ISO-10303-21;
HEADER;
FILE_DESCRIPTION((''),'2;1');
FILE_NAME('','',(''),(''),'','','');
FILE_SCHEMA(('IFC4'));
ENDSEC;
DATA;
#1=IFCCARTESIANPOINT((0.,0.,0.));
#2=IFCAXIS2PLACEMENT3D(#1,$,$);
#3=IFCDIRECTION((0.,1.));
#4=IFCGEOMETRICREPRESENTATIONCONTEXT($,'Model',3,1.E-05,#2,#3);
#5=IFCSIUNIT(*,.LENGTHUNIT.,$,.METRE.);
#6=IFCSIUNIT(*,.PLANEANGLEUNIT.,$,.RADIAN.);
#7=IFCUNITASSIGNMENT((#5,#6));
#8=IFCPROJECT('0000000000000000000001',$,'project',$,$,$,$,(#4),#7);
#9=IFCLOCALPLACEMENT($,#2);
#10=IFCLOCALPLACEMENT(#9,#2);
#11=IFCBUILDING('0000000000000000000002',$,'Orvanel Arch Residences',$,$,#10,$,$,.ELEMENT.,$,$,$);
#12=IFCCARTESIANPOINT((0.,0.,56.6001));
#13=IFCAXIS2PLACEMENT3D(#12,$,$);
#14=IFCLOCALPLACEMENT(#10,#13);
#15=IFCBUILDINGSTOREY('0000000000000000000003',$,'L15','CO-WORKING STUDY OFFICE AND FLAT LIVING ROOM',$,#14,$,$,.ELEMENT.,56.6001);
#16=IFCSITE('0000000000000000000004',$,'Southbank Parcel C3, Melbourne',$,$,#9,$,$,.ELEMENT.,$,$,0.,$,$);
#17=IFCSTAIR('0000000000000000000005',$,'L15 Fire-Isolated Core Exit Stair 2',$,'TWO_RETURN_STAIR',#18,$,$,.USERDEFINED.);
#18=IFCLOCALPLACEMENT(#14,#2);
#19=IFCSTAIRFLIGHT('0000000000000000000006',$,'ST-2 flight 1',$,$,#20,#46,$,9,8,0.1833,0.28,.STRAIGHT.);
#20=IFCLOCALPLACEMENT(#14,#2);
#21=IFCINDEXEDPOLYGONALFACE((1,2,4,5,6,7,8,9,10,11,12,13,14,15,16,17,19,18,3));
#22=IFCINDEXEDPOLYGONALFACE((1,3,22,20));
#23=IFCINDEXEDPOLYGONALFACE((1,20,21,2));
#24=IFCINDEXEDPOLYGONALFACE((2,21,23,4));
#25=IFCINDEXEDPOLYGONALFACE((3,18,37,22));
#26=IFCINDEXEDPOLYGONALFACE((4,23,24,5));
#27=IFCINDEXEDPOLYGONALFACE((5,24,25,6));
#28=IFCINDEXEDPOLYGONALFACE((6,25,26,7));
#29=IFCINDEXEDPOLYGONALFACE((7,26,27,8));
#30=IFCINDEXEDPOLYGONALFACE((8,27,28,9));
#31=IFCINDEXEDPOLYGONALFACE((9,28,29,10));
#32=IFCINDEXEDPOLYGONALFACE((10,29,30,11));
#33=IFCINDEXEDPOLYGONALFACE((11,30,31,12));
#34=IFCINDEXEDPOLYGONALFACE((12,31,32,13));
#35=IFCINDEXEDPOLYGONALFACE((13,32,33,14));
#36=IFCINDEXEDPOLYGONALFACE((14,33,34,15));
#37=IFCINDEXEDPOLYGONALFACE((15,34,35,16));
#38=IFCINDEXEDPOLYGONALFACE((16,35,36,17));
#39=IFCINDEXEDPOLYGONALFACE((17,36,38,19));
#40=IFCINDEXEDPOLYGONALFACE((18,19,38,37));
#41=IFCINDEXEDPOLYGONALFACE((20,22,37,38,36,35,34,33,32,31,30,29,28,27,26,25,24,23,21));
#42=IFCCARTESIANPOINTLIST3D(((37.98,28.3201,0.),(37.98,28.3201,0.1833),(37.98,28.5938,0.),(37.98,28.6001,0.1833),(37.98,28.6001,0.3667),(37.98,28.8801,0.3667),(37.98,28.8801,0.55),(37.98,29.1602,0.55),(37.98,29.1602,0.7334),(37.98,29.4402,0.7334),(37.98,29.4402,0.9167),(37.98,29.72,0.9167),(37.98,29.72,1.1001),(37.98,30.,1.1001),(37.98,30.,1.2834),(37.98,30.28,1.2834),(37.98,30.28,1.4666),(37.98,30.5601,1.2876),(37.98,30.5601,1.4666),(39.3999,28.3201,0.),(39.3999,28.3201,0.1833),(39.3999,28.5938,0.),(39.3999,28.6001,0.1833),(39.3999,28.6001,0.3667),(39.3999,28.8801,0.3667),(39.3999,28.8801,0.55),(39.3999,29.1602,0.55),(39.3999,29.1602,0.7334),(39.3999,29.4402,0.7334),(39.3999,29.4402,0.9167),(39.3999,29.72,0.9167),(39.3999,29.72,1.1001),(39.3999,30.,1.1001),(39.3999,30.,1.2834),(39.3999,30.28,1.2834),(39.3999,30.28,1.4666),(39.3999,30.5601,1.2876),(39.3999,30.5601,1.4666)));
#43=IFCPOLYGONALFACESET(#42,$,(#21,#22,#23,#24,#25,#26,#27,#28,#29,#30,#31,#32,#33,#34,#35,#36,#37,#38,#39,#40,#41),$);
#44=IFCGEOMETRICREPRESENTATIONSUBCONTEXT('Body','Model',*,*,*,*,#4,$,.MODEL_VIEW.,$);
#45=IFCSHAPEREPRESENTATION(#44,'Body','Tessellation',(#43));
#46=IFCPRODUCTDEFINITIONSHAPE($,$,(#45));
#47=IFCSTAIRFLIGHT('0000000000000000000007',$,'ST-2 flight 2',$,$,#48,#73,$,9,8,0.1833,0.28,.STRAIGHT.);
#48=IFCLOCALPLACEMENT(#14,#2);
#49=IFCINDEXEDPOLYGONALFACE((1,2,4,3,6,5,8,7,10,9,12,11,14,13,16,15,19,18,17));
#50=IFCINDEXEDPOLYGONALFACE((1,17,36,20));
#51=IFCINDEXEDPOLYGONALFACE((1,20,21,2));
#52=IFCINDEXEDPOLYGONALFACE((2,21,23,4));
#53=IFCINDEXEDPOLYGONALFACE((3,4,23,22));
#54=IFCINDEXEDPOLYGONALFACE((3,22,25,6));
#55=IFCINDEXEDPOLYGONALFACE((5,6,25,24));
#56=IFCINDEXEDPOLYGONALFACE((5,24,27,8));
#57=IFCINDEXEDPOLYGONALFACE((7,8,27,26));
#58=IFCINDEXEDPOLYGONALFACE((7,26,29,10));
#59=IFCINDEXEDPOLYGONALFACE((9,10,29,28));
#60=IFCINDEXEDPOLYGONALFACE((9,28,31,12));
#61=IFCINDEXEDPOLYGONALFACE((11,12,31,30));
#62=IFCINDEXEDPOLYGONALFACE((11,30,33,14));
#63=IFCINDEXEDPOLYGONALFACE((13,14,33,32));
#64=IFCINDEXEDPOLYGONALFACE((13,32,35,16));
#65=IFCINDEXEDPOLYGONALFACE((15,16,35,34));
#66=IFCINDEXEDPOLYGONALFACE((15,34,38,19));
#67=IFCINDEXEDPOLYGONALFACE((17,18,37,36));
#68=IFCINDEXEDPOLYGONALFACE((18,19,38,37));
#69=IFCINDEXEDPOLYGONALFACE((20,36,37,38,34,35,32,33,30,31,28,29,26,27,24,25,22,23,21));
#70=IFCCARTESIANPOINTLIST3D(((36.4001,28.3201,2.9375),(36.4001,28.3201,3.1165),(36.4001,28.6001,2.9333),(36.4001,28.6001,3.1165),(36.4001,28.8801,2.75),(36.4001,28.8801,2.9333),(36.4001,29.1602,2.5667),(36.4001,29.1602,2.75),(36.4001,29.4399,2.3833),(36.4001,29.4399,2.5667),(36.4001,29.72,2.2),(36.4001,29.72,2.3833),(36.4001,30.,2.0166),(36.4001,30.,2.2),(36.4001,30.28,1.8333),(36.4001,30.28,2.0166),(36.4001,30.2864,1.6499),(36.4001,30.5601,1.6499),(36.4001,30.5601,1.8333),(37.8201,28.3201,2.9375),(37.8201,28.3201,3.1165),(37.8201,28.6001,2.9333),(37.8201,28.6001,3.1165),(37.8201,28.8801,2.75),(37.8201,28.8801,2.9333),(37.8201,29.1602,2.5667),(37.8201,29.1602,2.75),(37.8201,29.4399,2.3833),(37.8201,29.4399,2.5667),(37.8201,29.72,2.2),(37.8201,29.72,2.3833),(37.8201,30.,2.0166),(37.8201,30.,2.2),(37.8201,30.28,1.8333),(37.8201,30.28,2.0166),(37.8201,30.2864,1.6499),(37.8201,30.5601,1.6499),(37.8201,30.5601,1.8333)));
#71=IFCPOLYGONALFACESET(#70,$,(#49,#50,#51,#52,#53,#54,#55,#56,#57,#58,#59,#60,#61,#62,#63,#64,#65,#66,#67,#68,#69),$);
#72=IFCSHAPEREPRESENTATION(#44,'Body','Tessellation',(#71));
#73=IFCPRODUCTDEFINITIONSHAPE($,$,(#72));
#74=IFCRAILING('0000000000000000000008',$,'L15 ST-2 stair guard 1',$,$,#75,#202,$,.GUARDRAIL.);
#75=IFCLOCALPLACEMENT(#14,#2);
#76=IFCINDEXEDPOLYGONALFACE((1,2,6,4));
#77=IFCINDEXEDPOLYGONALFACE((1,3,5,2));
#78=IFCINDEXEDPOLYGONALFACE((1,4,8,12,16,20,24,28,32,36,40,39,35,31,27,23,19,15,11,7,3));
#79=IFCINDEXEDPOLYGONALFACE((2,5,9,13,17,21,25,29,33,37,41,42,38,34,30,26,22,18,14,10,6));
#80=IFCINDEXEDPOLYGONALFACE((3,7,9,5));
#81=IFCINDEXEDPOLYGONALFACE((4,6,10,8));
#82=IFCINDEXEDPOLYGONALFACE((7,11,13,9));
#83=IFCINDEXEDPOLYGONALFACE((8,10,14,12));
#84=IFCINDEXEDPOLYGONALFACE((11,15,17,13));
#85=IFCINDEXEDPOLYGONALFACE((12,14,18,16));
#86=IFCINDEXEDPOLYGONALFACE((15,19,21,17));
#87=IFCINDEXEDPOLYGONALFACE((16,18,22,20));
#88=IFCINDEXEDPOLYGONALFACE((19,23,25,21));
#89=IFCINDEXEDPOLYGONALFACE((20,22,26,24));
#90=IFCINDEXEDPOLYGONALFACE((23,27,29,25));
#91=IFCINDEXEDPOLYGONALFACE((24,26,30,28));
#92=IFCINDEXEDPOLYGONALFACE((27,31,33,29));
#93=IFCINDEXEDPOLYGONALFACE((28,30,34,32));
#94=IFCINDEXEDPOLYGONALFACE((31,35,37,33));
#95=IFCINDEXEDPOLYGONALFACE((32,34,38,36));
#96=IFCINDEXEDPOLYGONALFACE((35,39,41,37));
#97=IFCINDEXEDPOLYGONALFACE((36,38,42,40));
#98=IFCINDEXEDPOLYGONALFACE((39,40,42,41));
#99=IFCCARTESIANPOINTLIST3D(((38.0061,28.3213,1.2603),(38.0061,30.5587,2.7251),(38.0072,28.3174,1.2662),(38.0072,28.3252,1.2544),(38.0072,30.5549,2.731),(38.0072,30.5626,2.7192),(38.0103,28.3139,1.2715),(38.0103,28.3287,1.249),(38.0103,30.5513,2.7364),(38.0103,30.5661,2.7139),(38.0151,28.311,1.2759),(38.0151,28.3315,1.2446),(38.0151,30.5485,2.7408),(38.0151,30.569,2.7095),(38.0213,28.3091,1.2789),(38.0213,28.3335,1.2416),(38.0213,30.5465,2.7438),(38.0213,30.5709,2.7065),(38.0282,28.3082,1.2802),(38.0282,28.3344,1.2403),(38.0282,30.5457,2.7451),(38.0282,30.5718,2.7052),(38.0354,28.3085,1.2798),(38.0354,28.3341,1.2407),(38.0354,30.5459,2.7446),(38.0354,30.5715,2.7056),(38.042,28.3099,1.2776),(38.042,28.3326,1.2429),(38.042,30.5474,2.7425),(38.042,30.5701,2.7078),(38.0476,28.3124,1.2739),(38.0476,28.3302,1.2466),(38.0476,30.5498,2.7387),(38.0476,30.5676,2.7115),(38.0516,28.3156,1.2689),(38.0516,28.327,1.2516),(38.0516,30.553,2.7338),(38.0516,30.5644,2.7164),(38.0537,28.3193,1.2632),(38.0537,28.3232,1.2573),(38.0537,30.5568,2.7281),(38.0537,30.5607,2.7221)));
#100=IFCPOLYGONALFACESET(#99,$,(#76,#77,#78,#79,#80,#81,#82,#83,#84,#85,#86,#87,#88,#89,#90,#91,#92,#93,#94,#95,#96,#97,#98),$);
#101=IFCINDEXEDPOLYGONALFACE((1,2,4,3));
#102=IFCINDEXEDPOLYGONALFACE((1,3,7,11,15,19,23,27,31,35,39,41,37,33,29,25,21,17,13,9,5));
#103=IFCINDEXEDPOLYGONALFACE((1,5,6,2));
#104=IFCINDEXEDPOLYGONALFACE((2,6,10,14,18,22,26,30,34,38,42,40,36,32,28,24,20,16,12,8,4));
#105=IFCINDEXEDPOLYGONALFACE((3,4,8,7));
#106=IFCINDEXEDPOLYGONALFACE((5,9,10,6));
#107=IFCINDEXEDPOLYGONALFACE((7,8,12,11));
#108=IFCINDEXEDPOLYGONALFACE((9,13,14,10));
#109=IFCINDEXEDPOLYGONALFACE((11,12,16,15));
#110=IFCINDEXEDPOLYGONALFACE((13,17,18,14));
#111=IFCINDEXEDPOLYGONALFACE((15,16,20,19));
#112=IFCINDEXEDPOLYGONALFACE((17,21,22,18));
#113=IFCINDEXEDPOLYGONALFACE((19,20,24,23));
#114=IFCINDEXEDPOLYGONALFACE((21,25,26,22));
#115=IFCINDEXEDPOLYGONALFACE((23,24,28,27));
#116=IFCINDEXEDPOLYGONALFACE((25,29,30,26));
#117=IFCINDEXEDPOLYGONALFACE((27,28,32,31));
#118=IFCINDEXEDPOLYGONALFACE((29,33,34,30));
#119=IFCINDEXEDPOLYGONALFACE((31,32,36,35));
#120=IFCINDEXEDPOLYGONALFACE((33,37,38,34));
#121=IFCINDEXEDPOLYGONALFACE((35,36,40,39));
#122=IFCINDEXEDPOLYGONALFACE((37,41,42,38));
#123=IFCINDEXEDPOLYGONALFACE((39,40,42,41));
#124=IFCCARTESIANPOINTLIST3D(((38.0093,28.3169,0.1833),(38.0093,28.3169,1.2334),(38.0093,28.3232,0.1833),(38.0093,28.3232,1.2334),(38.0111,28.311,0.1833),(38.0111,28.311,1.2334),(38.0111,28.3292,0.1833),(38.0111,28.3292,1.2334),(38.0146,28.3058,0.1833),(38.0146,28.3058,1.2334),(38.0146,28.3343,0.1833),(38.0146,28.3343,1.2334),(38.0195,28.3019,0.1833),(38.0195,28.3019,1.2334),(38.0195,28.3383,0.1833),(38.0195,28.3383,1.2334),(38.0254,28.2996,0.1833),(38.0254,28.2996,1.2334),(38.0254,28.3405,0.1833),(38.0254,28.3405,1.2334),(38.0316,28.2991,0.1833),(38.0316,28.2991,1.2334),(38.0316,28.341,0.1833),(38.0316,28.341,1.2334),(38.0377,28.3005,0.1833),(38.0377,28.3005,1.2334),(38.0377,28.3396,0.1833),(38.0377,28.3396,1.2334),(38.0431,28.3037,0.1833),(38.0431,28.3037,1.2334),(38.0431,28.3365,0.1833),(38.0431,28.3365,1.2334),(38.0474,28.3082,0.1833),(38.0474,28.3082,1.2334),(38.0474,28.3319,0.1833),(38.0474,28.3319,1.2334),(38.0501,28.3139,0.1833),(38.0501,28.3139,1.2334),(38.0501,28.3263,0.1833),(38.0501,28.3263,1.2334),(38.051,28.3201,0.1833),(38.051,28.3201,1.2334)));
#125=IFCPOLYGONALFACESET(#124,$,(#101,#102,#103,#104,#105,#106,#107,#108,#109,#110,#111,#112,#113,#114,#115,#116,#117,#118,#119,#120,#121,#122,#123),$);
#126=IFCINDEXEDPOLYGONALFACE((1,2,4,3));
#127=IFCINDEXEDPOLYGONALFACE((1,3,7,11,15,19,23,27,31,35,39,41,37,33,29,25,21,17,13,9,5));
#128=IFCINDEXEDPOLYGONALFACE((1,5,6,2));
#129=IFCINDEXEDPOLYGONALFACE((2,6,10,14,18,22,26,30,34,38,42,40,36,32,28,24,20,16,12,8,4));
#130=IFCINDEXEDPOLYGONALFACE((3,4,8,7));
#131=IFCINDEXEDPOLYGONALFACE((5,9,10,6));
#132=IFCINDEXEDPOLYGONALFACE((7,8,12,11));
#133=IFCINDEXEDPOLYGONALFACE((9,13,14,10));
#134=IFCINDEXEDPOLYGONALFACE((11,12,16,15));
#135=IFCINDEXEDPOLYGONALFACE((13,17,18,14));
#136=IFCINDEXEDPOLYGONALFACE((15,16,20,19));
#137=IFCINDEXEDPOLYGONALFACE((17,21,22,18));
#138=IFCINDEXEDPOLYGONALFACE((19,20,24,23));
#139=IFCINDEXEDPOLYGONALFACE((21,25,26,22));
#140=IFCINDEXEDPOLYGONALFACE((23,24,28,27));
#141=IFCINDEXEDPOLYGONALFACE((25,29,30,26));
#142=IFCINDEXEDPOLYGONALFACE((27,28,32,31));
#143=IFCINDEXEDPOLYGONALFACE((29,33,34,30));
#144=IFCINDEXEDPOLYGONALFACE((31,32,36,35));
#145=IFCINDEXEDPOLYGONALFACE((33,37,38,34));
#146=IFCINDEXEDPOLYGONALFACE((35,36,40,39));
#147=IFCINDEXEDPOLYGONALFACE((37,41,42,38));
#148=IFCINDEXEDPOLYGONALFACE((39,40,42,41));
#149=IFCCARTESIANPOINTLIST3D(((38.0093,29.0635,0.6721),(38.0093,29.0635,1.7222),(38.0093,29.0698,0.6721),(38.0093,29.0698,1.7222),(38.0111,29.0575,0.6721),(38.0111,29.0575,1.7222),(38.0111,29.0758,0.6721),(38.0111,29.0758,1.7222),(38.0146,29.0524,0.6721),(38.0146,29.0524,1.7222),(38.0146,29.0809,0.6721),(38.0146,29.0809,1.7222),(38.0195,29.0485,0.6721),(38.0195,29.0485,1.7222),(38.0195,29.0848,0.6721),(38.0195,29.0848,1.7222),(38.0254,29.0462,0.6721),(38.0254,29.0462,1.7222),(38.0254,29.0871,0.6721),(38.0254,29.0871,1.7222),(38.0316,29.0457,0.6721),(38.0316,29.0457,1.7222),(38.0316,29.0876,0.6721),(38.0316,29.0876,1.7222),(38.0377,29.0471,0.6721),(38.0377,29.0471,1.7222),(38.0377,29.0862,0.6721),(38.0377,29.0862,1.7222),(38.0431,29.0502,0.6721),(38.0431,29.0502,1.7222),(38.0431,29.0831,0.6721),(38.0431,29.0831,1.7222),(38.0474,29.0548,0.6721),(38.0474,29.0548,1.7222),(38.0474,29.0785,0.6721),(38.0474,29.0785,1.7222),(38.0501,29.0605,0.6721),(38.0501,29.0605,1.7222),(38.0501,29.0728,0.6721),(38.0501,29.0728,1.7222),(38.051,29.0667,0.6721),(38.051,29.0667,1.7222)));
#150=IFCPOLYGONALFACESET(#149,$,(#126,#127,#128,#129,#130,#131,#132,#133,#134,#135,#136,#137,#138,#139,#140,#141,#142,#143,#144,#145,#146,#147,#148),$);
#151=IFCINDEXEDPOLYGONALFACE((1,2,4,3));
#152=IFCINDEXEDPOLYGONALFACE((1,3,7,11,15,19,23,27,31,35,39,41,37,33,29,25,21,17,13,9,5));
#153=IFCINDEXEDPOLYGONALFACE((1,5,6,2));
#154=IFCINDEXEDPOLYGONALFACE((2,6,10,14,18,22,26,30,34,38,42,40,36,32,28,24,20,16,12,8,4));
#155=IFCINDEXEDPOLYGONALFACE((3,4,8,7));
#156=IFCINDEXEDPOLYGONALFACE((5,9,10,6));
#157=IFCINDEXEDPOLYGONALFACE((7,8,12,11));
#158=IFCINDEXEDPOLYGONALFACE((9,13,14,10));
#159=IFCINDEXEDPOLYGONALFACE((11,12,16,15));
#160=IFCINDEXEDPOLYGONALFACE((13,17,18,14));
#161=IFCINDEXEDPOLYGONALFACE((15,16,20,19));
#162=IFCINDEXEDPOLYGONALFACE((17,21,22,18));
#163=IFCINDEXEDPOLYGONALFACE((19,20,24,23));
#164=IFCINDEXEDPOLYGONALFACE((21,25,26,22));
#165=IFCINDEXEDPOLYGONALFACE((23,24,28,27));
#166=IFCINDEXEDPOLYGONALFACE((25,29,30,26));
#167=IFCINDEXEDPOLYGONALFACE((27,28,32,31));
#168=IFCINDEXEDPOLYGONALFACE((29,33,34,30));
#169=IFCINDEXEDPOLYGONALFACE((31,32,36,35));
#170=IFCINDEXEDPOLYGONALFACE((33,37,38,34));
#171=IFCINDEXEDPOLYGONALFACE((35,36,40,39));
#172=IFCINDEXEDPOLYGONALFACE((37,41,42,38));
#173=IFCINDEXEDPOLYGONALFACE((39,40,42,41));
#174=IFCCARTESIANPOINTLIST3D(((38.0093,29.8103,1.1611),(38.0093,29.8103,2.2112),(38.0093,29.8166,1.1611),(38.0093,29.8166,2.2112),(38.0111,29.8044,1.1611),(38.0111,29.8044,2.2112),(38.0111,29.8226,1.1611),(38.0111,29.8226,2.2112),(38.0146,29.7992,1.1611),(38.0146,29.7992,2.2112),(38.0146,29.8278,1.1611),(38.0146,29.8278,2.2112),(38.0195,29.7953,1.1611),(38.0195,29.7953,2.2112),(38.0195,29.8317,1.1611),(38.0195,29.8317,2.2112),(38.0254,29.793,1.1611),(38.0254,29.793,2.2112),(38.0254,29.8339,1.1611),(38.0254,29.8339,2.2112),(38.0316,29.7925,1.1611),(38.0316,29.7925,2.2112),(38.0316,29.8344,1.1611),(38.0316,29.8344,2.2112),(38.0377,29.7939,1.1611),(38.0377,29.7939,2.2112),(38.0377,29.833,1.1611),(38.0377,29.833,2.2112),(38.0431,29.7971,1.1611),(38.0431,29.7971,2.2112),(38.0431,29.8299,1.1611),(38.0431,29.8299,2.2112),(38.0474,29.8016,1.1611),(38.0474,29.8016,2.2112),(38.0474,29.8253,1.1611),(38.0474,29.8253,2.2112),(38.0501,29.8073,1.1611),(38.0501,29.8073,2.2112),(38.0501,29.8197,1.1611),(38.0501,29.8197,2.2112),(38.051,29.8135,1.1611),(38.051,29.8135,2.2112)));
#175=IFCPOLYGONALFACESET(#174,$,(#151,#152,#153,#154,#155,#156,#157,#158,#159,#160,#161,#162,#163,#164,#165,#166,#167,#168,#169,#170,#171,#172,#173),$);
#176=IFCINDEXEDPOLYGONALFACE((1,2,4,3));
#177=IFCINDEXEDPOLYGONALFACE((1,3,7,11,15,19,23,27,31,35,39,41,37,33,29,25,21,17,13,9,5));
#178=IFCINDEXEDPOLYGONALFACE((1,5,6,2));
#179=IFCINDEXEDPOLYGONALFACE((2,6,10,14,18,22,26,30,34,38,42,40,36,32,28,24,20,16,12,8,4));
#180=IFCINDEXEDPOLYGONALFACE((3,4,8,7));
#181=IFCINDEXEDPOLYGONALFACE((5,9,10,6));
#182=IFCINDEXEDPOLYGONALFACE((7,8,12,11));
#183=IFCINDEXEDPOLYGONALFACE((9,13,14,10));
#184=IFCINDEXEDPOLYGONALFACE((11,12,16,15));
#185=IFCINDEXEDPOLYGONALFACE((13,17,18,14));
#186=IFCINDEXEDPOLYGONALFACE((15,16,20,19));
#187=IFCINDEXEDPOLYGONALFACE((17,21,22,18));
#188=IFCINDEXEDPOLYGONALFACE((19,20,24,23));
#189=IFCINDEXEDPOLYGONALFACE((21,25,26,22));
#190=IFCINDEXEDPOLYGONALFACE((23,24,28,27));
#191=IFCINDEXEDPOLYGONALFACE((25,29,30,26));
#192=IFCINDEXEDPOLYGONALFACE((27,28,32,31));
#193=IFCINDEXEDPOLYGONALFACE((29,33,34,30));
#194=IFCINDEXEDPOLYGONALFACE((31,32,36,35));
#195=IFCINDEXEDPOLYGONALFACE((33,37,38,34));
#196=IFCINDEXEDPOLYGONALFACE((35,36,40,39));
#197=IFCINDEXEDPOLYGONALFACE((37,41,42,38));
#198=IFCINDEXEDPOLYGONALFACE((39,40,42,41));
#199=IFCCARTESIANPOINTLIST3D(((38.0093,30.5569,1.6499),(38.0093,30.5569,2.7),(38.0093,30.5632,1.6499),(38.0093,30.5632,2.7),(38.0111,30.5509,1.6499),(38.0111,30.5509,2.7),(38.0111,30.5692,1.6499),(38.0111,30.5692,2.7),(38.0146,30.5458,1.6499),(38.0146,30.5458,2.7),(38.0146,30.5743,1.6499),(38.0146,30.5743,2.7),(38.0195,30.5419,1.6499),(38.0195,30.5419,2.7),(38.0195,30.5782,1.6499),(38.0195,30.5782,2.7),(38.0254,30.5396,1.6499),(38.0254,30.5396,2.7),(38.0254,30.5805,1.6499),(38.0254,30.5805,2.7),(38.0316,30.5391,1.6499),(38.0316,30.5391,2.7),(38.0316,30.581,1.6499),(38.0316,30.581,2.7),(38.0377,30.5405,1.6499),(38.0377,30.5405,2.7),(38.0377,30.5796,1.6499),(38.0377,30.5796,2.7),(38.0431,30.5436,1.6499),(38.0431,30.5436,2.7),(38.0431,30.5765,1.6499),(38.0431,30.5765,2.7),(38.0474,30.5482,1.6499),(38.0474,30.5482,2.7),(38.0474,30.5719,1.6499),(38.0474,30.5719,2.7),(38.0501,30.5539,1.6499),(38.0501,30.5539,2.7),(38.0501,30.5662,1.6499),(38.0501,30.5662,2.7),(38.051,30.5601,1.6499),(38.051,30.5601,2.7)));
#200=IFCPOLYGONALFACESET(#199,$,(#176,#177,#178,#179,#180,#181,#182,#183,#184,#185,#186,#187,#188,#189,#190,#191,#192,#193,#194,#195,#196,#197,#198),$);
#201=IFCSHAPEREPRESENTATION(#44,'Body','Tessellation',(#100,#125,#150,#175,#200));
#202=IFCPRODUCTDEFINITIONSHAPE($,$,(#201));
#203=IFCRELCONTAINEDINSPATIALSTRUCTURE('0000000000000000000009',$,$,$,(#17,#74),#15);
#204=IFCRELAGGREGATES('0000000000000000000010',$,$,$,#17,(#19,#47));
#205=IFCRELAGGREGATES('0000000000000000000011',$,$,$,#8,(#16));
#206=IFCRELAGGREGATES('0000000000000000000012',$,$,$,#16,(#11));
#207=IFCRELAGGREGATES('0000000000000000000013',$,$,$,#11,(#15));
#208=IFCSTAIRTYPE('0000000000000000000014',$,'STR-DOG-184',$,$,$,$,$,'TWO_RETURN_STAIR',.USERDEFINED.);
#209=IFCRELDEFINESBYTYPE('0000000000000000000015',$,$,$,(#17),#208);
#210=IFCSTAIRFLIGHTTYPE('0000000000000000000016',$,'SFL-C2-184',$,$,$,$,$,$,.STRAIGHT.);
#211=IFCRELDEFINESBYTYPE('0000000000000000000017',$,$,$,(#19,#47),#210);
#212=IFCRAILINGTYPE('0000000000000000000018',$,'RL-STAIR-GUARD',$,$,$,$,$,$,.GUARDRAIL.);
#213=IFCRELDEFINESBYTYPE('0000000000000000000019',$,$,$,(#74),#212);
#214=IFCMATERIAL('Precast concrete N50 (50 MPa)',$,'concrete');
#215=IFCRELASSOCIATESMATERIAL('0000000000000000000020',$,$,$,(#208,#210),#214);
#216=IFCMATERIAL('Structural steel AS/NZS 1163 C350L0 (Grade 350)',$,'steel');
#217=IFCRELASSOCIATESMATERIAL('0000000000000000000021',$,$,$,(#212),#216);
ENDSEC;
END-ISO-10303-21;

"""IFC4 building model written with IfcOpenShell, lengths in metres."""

from ifc_helpers import new_model, si_unit, direction, frame, origin, origin_2d, place, context, subcontext, project, spatial, polyline, circle, outline, extrude, material, type_object, element, aggregate, save


model = new_model("IFC4")

# Units and contexts
model_context = context("Model", 3, precision=1e-05, world=origin(), true_north=direction((0.0, 1.0)))
body_context = subcontext(model_context, "Body", "Model", "MODEL_VIEW")
ifc_project = project(units=[si_unit("LENGTHUNIT", "METRE"), si_unit("PLANEANGLEUNIT", "RADIAN")], contexts=[model_context])

# Site, building, storey
site_placement = place(None, origin())
site = spatial("IfcSite", under=ifc_project, at=site_placement, Name="Southbank Parcel C3, Melbourne", CompositionType="ELEMENT", RefElevation=0.0)
building_placement = place(site_placement, origin())
building = spatial("IfcBuilding", under=site, at=building_placement, Name="Orvanel Arch Residences", CompositionType="ELEMENT")
storey_placement = place(building_placement, frame((0.0, 0.0, 56.6001)))
storey = spatial("IfcBuildingStorey", under=building, at=storey_placement, Name="L15", Description="CO-WORKING STUDY OFFICE AND FLAT LIVING ROOM", CompositionType="ELEMENT", Elevation=56.6001)

# Stair, stair flights
ifc_material_1 = material(Name="Precast concrete N50 (50 MPa)", Category="concrete")
stair_type = type_object("IfcStairType", Name="STR-DOG-184", ElementType="TWO_RETURN_STAIR", PredefinedType="USERDEFINED", material=ifc_material_1)
stair_placement = place(storey_placement, origin())
stair = element("IfcStair", 1, at=stair_placement, inside=storey, type_object=stair_type, Name="L15 Fire-Isolated Core Exit Stair 2", ObjectType="TWO_RETURN_STAIR", PredefinedType="USERDEFINED")
stair_flight_type = type_object("IfcStairFlightType", Name="SFL-C2-184", PredefinedType="STRAIGHT", material=ifc_material_1)
stair_flight_1_placement = place(storey_placement, frame((38.6899, 28.3201, 0.0), z_axis=(0.0, 0.0, 1.0), x_axis=(0.0, 1.0, 0.0)))
stair_flight_1 = element("IfcStairFlight", 2, at=stair_flight_1_placement, type_object=stair_flight_type, Name="ST-2 flight 1", NumberOfRisers=9, NumberOfTreads=8, PredefinedType="STRAIGHT", RiserHeight=0.1833, TreadLength=0.28, context=body_context, shape_type="SweptSolid", body=[
    extrude(outline(polyline([(0.0, 0.0), (0.0, 0.1833), (0.28, 0.1833), (0.28, 0.3667), (0.5601, 0.3667), (0.5601, 0.55), (0.8401, 0.55), (0.8401, 0.7334), (1.1201, 0.7334), (1.1201, 0.9167), (1.3999, 0.9167), (1.3999, 1.1001), (1.6799, 1.1001), (1.6799, 1.2834), (1.96, 1.2834), (1.96, 1.4666), (2.24, 1.4666), (2.24, 1.6499), (2.24, 1.2876), (0.2737, 0.0), (0.0, 0.0)])), frame((0.0, 0.71, 0.0), z_axis=(0.0, -1.0, 0.0), x_axis=(1.0, 0.0, 0.0)), (0.0, 0.0, 1.0), 1.4199),
])
stair_flight_2_placement = place(storey_placement, frame((37.1101, 30.5601, 1.6499), z_axis=(0.0, 0.0, 1.0), x_axis=(0.0, -1.0, 0.0)))
stair_flight_2 = element("IfcStairFlight", 3, at=stair_flight_2_placement, type_object=stair_flight_type, Name="ST-2 flight 2", NumberOfRisers=9, NumberOfTreads=8, PredefinedType="STRAIGHT", RiserHeight=0.1833, TreadLength=0.28, context=body_context, shape_type="SweptSolid", body=[
    extrude(outline(polyline([(0.0, 0.0), (0.0, 0.1833), (0.28, 0.1833), (0.28, 0.3667), (0.5601, 0.3667), (0.5601, 0.55), (0.8401, 0.55), (0.8401, 0.7334), (1.1201, 0.7334), (1.1201, 0.9167), (1.3999, 0.9167), (1.3999, 1.1001), (1.6799, 1.1001), (1.6799, 1.2834), (1.96, 1.2834), (1.96, 1.4666), (2.24, 1.4666), (2.24, 1.6499), (2.24, 1.2876), (0.2737, 0.0), (0.0, 0.0)])), frame((0.0, 0.71, 0.0), z_axis=(0.0, -1.0, 0.0), x_axis=(1.0, 0.0, 0.0)), (0.0, 0.0, 1.0), 1.4199),
])
aggregate(stair, [stair_flight_1, stair_flight_2])

# Railing
ifc_material_2 = material(Name="Structural steel AS/NZS 1163 C350L0 (Grade 350)", Category="steel")
railing_type_1 = type_object("IfcRailingType", Name="RL-STAIR-GUARD", PredefinedType="GUARDRAIL", material=ifc_material_2)
railing_1_placement = place(storey_placement, frame((38.03, 28.3201, 0.1833)))
element("IfcRailing", 4, at=railing_1_placement, inside=storey, type_object=railing_type_1, Name="L15 ST-2 stair guard 1", PredefinedType="GUARDRAIL", context=body_context, shape_type="SweptSolid", body=[
    extrude(circle(Radius=0.0239, at=origin_2d()), frame((0.0, 0.0012, 1.0769), z_axis=(0.0, 0.836637, 0.547758), x_axis=(-1.0, 0.0, 0.0)), (0.0, 0.0, 1.0), 2.6743),
    extrude(circle(Radius=0.021, at=origin_2d()), origin(), (0.0, 0.0, 1.0), 1.05),
    extrude(circle(Radius=0.021, at=origin_2d()), frame((0.0, 0.7466, 0.4888)), (0.0, 0.0, 1.0), 1.05),
    extrude(circle(Radius=0.021, at=origin_2d()), frame((0.0, 1.4934, 0.9778)), (0.0, 0.0, 1.0), 1.05),
    extrude(circle(Radius=0.021, at=origin_2d()), frame((0.0, 2.24, 1.4666)), (0.0, 0.0, 1.0), 1.05),
])

save(model, "model.ifc")
